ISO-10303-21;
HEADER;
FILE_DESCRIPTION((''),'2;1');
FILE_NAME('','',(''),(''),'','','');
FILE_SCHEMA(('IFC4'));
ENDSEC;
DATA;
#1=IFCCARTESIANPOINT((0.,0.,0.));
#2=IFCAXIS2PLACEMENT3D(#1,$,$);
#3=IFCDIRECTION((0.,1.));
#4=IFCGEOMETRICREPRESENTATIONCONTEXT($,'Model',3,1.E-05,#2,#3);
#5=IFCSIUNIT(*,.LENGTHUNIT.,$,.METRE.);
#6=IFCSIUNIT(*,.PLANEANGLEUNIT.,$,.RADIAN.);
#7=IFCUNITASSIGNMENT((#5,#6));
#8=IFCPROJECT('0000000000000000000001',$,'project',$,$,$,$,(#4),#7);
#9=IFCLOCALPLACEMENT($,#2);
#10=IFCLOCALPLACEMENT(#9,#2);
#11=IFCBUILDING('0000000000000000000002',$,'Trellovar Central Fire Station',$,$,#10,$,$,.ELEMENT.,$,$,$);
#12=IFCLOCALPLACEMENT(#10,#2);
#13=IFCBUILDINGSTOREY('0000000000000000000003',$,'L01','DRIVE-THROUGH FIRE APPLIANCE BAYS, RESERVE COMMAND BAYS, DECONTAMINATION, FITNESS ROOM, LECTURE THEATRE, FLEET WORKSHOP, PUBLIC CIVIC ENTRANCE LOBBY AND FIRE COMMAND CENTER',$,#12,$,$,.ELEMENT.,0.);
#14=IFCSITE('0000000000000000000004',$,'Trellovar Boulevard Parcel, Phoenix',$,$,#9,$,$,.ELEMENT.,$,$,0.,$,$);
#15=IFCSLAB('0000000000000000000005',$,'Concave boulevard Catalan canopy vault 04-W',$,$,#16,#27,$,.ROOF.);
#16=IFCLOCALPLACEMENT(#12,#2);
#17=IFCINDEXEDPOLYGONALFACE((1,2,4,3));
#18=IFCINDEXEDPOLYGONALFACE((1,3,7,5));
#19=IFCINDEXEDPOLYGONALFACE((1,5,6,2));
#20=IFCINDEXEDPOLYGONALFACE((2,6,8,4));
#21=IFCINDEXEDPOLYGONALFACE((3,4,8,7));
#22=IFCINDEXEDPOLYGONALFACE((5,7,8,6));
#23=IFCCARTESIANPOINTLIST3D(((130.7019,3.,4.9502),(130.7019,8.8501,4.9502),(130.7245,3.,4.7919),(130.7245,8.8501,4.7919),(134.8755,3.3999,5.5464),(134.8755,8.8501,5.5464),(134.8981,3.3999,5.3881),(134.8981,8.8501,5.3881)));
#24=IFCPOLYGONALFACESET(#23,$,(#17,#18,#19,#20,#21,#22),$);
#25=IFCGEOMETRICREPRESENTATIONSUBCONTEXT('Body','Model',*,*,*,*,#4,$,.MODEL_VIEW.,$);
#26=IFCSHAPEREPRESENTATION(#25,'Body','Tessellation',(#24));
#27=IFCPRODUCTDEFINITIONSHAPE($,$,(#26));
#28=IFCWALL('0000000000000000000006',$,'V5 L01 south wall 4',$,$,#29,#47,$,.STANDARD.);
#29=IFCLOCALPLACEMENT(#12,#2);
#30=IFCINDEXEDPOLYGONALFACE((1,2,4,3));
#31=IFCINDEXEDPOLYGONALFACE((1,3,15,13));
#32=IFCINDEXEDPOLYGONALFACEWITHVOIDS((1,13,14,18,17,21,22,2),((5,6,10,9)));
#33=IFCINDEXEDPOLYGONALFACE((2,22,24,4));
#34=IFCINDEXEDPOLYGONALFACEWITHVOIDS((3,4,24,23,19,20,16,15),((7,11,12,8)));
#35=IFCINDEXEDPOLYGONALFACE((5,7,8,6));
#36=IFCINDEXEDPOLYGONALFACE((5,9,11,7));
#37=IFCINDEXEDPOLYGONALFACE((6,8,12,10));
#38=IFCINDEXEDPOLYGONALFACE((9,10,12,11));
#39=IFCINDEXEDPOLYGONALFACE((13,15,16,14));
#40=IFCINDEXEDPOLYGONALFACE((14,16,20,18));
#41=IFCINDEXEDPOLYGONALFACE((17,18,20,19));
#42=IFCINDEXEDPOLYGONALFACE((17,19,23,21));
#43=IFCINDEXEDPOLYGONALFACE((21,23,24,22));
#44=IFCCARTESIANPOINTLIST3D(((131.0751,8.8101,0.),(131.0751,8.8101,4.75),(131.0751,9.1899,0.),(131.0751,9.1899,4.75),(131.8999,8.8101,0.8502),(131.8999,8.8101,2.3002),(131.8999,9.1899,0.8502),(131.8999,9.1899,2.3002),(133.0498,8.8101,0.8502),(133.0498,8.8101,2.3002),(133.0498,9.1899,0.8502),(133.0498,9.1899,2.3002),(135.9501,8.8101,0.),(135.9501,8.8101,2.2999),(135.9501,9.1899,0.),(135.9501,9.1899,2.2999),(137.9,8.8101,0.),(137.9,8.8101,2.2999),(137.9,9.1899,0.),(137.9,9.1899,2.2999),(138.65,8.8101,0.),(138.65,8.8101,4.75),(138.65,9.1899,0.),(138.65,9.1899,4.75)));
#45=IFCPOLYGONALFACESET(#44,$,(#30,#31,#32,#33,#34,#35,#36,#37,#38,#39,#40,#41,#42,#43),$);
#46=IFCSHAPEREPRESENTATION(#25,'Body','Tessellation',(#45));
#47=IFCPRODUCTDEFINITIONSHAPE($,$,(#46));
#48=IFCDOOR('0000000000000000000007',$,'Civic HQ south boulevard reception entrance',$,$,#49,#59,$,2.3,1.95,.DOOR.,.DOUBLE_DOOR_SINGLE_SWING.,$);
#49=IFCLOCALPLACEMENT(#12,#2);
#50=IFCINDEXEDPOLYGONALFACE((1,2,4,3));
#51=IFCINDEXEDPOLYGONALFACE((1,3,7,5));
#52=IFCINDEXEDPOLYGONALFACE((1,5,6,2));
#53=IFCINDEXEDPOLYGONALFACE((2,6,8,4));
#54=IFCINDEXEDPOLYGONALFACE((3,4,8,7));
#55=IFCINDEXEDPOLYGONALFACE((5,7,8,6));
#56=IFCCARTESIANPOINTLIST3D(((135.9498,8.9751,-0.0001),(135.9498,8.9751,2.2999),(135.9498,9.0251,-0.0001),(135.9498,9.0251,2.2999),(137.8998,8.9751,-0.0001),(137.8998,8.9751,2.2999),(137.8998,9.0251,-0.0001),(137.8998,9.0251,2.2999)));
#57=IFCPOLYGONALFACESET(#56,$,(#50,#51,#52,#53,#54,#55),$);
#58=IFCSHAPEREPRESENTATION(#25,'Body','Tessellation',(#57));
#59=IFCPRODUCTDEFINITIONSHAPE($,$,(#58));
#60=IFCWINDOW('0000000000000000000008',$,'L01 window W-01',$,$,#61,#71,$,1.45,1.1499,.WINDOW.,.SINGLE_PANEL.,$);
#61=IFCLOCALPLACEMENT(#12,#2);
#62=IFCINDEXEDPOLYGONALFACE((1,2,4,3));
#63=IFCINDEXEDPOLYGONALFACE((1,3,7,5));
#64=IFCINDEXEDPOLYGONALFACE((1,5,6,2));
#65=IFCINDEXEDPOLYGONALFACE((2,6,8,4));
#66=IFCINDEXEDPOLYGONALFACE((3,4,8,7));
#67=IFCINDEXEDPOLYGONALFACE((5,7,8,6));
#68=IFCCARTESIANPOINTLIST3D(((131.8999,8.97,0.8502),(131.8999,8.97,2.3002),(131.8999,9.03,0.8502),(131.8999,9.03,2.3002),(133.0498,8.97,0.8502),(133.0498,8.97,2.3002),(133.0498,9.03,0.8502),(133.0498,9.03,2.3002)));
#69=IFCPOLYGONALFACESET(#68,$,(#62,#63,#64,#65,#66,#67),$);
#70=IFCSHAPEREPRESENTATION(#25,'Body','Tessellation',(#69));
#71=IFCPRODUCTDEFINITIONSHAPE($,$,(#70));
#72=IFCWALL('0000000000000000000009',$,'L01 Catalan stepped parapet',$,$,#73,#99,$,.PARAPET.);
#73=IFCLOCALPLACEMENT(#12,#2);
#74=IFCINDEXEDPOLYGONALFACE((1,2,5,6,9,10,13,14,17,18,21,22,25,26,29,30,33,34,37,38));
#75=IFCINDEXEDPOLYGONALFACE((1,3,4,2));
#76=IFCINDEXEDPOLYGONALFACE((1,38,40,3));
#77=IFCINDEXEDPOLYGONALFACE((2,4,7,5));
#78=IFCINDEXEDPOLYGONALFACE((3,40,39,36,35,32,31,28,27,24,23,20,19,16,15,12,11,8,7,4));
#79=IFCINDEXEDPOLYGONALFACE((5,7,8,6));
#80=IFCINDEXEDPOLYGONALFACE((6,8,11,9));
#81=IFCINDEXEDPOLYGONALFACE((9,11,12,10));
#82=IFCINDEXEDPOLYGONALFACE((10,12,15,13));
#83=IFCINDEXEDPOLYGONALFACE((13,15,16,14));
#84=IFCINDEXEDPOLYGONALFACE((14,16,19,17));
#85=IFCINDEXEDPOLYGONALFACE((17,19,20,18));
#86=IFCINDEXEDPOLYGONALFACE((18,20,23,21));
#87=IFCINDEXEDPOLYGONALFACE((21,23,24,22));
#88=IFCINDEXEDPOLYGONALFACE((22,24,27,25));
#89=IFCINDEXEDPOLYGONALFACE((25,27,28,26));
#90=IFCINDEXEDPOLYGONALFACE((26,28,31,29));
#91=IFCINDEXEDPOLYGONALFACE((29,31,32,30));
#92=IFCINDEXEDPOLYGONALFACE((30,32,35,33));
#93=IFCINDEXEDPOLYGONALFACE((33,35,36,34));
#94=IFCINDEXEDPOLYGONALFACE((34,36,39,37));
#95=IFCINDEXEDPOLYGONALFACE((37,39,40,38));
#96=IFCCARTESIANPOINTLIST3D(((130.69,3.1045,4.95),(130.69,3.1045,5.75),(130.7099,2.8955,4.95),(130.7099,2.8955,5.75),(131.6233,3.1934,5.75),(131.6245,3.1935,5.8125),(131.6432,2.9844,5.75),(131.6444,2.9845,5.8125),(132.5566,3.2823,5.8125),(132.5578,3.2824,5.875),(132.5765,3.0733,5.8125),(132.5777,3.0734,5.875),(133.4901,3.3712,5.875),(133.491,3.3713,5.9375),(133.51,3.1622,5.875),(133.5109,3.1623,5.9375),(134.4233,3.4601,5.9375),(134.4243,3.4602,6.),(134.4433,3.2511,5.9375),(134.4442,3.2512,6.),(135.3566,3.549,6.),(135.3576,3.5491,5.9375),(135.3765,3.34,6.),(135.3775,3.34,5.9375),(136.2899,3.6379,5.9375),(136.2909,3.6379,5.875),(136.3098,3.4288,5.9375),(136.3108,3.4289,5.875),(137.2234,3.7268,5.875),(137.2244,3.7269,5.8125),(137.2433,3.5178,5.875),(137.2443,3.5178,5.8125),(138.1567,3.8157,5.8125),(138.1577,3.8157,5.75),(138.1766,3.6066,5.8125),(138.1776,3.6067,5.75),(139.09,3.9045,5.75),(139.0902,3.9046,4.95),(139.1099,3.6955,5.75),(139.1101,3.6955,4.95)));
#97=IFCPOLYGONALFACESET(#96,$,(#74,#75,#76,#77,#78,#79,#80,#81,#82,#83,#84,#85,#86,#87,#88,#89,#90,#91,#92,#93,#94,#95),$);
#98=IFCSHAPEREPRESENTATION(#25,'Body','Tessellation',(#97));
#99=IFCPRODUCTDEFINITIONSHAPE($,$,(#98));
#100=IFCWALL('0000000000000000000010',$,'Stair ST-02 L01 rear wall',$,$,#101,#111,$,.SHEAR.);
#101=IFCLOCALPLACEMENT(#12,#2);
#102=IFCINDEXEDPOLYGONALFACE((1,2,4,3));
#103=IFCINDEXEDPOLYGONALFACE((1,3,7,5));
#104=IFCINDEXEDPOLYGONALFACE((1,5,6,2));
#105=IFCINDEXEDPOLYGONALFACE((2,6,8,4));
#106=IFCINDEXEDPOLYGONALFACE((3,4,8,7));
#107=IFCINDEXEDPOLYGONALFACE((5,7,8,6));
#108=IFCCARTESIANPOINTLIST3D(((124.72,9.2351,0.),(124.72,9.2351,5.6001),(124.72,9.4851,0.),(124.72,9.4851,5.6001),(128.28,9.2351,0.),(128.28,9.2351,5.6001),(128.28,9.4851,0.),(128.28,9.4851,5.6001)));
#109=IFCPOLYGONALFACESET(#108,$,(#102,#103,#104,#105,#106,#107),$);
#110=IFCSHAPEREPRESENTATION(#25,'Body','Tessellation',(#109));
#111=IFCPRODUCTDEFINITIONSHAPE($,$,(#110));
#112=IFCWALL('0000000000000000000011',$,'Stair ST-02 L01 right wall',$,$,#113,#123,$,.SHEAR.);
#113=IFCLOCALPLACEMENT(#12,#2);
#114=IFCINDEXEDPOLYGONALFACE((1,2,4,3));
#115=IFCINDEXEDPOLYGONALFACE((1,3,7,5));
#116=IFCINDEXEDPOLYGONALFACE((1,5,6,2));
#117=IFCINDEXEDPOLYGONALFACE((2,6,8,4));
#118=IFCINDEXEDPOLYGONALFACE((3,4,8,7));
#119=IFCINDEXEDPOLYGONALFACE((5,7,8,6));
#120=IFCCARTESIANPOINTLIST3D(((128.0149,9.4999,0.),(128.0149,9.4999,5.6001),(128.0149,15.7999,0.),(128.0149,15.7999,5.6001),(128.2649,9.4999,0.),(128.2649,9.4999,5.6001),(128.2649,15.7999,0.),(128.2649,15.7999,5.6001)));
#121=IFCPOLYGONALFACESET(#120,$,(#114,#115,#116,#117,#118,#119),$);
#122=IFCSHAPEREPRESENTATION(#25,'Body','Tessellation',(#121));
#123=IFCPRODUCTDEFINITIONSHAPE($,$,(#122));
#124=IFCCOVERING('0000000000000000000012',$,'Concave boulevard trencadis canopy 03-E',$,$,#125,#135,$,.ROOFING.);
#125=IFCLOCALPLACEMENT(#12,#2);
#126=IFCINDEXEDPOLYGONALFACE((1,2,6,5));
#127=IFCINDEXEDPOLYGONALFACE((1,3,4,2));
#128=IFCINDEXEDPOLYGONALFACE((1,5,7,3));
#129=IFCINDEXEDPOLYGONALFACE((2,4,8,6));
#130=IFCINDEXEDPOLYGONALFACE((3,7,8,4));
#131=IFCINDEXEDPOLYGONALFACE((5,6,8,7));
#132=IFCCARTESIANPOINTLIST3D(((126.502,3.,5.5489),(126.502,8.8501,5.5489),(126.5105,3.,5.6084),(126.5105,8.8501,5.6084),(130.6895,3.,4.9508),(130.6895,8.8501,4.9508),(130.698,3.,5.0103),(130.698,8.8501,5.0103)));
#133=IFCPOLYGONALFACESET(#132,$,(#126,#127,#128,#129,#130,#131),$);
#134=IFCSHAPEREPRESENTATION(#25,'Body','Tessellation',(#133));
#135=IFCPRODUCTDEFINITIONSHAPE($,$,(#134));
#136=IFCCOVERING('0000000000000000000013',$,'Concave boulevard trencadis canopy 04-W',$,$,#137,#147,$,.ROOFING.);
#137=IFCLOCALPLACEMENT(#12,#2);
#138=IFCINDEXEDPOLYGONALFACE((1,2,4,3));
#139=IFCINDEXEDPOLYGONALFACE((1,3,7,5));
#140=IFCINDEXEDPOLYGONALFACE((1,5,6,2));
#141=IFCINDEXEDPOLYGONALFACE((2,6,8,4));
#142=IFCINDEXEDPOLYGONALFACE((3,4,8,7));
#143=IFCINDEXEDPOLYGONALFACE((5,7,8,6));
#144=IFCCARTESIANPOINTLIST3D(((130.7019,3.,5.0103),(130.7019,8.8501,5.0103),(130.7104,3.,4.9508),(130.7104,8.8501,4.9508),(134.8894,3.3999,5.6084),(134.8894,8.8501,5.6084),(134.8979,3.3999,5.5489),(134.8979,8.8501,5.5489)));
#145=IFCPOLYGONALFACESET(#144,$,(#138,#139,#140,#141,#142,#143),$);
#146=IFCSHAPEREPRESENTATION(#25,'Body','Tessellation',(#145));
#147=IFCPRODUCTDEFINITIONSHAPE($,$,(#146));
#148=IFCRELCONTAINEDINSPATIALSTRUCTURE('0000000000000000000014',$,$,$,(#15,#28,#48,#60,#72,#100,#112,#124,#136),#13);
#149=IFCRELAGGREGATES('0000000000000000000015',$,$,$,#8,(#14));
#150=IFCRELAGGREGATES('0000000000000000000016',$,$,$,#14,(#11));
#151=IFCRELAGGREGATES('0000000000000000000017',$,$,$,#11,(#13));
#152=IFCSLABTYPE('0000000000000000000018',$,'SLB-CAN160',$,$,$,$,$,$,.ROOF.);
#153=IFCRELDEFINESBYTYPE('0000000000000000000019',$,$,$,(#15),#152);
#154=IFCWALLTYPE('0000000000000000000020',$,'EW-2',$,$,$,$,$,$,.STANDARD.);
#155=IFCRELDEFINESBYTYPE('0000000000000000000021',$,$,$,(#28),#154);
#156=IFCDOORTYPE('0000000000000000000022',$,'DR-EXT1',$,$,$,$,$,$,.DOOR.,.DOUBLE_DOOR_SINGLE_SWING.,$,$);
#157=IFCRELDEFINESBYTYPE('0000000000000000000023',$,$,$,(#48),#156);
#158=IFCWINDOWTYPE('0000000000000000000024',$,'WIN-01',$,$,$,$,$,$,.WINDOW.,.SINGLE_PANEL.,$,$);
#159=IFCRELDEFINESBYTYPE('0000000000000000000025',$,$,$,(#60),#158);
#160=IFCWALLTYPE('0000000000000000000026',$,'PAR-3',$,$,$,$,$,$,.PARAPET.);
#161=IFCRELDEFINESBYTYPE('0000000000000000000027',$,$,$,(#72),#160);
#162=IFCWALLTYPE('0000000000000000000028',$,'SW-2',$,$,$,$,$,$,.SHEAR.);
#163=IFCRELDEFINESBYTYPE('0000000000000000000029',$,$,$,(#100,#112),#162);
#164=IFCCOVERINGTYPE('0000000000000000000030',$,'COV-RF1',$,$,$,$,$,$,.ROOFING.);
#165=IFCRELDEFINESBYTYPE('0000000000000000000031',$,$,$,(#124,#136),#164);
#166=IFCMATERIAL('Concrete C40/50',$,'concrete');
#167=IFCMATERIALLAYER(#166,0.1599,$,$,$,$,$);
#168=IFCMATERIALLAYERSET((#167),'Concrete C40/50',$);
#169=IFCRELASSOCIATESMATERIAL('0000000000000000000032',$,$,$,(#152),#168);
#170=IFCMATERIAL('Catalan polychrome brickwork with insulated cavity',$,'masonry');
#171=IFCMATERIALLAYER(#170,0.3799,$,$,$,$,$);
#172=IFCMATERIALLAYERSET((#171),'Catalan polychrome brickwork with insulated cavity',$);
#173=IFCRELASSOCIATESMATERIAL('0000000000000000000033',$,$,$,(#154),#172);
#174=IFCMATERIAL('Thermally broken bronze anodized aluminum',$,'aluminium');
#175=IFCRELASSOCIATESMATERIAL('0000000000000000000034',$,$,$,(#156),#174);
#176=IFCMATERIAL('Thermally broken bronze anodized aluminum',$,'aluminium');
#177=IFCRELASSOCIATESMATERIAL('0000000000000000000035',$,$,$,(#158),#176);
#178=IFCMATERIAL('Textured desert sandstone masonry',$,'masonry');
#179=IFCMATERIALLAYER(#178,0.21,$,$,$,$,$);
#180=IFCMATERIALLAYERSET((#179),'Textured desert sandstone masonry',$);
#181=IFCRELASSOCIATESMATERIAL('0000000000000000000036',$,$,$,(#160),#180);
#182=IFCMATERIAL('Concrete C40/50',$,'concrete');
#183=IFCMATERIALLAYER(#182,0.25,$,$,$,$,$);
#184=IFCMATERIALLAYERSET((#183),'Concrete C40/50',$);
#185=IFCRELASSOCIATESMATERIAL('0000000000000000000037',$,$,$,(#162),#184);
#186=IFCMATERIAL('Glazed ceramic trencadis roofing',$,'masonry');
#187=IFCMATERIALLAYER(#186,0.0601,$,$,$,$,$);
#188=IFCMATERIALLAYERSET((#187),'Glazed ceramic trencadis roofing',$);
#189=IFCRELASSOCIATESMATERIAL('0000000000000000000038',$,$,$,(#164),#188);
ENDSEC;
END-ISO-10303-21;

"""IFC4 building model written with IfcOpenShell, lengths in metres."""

from ifc_helpers import new_model, si_unit, direction, frame, frame_2d, origin, place, context, subcontext, project, spatial, polyline, rectangle, outline, extrude, material, layer, layer_set, type_object, element, fill, save


model = new_model("IFC4")

# Units and contexts
model_context = context("Model", 3, precision=1e-05, world=origin(), true_north=direction((0.0, 1.0)))
body_context = subcontext(model_context, "Body", "Model", "MODEL_VIEW")
ifc_project = project(units=[si_unit("LENGTHUNIT", "METRE"), si_unit("PLANEANGLEUNIT", "RADIAN")], contexts=[model_context])

# Site, building, storey
site_placement = place(None, origin())
site = spatial("IfcSite", under=ifc_project, at=site_placement, Name="Trellovar Boulevard Parcel, Phoenix", CompositionType="ELEMENT", RefElevation=0.0)
building_placement = place(site_placement, origin())
building = spatial("IfcBuilding", under=site, at=building_placement, Name="Trellovar Central Fire Station", CompositionType="ELEMENT")
storey_placement = place(building_placement, origin())
storey = spatial("IfcBuildingStorey", under=building, at=storey_placement, Name="L01", Description="DRIVE-THROUGH FIRE APPLIANCE BAYS, RESERVE COMMAND BAYS, DECONTAMINATION, FITNESS ROOM, LECTURE THEATRE, FLEET WORKSHOP, PUBLIC CIVIC ENTRANCE LOBBY AND FIRE COMMAND CENTER", CompositionType="ELEMENT", Elevation=0.0)

# Slab
ifc_material_1 = material(Name="Concrete C40/50", Category="concrete")
ifc_layer_1 = layer(ifc_material_1, 0.1599)
ifc_layer_set_1 = layer_set([ifc_layer_1], Name="Concrete C40/50")
slab_type = type_object("IfcSlabType", Name="SLB-CAN160", PredefinedType="ROOF", material=ifc_layer_set_1)
slab_1_placement = place(storey_placement, frame((130.7019, 3.0, 4.9502), z_axis=(-0.141413, 0.0, 0.989951), x_axis=(0.985527, 0.094431, 0.140781)))
element("IfcSlab", 1, at=slab_1_placement, inside=storey, type_object=slab_type, Name="Concave boulevard Catalan canopy vault 04-W", PredefinedType="ROOF", context=body_context, shape_type="SweptSolid", body=[
    extrude(outline(polyline([(0.0, 0.0), (4.2349, 0.0), (4.7495, 5.4258), (0.5524, 5.824), (0.0, 0.0)])), origin(), (0.0, 0.0, -1.0), 0.1599),
])

# Wall, openings, door, window
ifc_material_2 = material(Name="Catalan polychrome brickwork with insulated cavity", Category="masonry")
ifc_layer_2 = layer(ifc_material_2, 0.3799)
ifc_layer_set_2 = layer_set([ifc_layer_2], Name="Catalan polychrome brickwork with insulated cavity")
wall_type_1 = type_object("IfcWallType", Name="EW-2", PredefinedType="STANDARD", material=ifc_layer_set_2)
wall_1_placement = place(storey_placement, frame((131.075, 9.0, 0.0), z_axis=(0.0, 0.0, 1.0), x_axis=(1.0, 0.0, 0.0)))
wall_1 = element("IfcWall", 2, at=wall_1_placement, inside=storey, type_object=wall_type_1, Name="V5 L01 south wall 4", PredefinedType="STANDARD", context=body_context, shape_type="SweptSolid", body=[
    extrude(rectangle(XDim=7.575, YDim=0.3799, at=frame_2d((3.7876, 0.0))), origin(), (0.0, 0.0, 1.0), 4.75),
])
opening_1_placement = place(wall_1_placement, frame((4.875, 0.0, 0.0)))
opening_1 = element("IfcOpeningElement", 3, at=opening_1_placement, cuts=wall_1, PredefinedType="OPENING", context=body_context, shape_type="SweptSolid", body=[
    extrude(rectangle(XDim=1.95, YDim=2.3, at=frame_2d((0.9751, 1.1499))), frame((0.0, 0.2, 0.0), z_axis=(0.0, -1.0, 0.0), x_axis=(1.0, 0.0, 0.0)), (0.0, 0.0, 1.0), 0.3999),
])
opening_2_placement = place(wall_1_placement, frame((0.825, 0.0, 0.8501)))
opening_2 = element("IfcOpeningElement", 4, at=opening_2_placement, cuts=wall_1, PredefinedType="OPENING", context=body_context, shape_type="SweptSolid", body=[
    extrude(rectangle(XDim=1.1499, YDim=1.45, at=frame_2d((0.575, 0.7251))), frame((0.0, 0.2, 0.0), z_axis=(0.0, -1.0, 0.0), x_axis=(1.0, 0.0, 0.0)), (0.0, 0.0, 1.0), 0.3999),
])
ifc_material_3 = material(Name="Thermally broken bronze anodized aluminum", Category="aluminium")
door_type = type_object("IfcDoorType", Name="DR-EXT1", OperationType="DOUBLE_DOOR_SINGLE_SWING", PredefinedType="DOOR", material=ifc_material_3)
door_placement = place(opening_1_placement, frame((1.95, 0.0, 0.0), z_axis=(0.0, 0.0, 1.0), x_axis=(-1.0, 0.0, 0.0)))
door = element("IfcDoor", 5, at=door_placement, inside=storey, type_object=door_type, Name="Civic HQ south boulevard reception entrance", OperationType="DOUBLE_DOOR_SINGLE_SWING", OverallHeight=2.3, OverallWidth=1.95, PredefinedType="DOOR", context=body_context, shape_type="SweptSolid", body=[
    extrude(rectangle(XDim=1.95, YDim=2.3, at=frame_2d((0.9751, 1.1499))), frame((0.0, 0.0249, 0.0), z_axis=(0.0, -1.0, 0.0), x_axis=(1.0, 0.0, 0.0)), (0.0, 0.0, 1.0), 0.05),
])
fill(opening_1, door)
ifc_material_4 = material(Name="Thermally broken bronze anodized aluminum", Category="aluminium")
window_type = type_object("IfcWindowType", Name="WIN-01", PartitioningType="SINGLE_PANEL", PredefinedType="WINDOW", material=ifc_material_4)
window_placement = place(opening_2_placement, origin())
window = element("IfcWindow", 6, at=window_placement, inside=storey, type_object=window_type, Name="L01 window W-01", OverallHeight=1.45, OverallWidth=1.1499, PartitioningType="SINGLE_PANEL", PredefinedType="WINDOW", context=body_context, shape_type="SweptSolid", body=[
    extrude(rectangle(XDim=1.1499, YDim=1.45, at=frame_2d((0.575, 0.7251))), frame((0.0, 0.03, 0.0), z_axis=(0.0, -1.0, 0.0), x_axis=(1.0, 0.0, 0.0)), (0.0, 0.0, 1.0), 0.0601),
])
fill(opening_2, window)

# Walls
ifc_material_5 = material(Name="Textured desert sandstone masonry", Category="masonry")
ifc_layer_3 = layer(ifc_material_5, 0.21)
ifc_layer_set_3 = layer_set([ifc_layer_3], Name="Textured desert sandstone masonry")
wall_type_2 = type_object("IfcWallType", Name="PAR-3", PredefinedType="PARAPET", material=ifc_layer_set_3)
wall_2_placement = place(storey_placement, frame((130.7, 3.0, 4.95), z_axis=(0.0, 0.0, 1.0), x_axis=(0.995495, 0.094813, 0.0)))
element("IfcWall", 7, at=wall_2_placement, inside=storey, type_object=wall_type_2, Name="L01 Catalan stepped parapet", PredefinedType="PARAPET", context=body_context, shape_type="SweptSolid", body=[
    extrude(outline(polyline([(0.0, 0.0), (8.4382, 0.0), (8.438, 0.8), (7.5015, 0.8), (7.5005, 0.8625), (6.564, 0.8625), (6.563, 0.925), (5.6262, 0.925), (5.6252, 0.9875), (4.6887, 0.9875), (4.6877, 1.05), (3.7512, 1.05), (3.7502, 0.9875), (2.8137, 0.9875), (2.8127, 0.925), (1.8762, 0.925), (1.875, 0.8625), (0.9387, 0.8625), (0.9375, 0.8), (0.0, 0.8), (0.0, 0.0)])), frame((0.0, 0.105, 0.0), z_axis=(0.0, -1.0, 0.0), x_axis=(1.0, 0.0, 0.0)), (0.0, 0.0, 1.0), 0.21),
])
ifc_material_6 = material(Name="Concrete C40/50", Category="concrete")
ifc_layer_4 = layer(ifc_material_6, 0.25)
ifc_layer_set_4 = layer_set([ifc_layer_4], Name="Concrete C40/50")
wall_type_3 = type_object("IfcWallType", Name="SW-2", PredefinedType="SHEAR", material=ifc_layer_set_4)
wall_3_placement = place(storey_placement, frame((128.28, 9.3601, 0.0), z_axis=(0.0, 0.0, 1.0), x_axis=(-1.0, 0.0, 0.0)))
element("IfcWall", 8, at=wall_3_placement, inside=storey, type_object=wall_type_3, Name="Stair ST-02 L01 rear wall", PredefinedType="SHEAR", context=body_context, shape_type="SweptSolid", body=[
    extrude(rectangle(XDim=3.5601, YDim=0.25, at=frame_2d((1.78, 0.0))), origin(), (0.0, 0.0, 1.0), 5.6001),
])
wall_4_placement = place(storey_placement, frame((128.1399, 9.5, 0.0), z_axis=(0.0, 0.0, 1.0), x_axis=(0.0, 1.0, 0.0)))
element("IfcWall", 9, at=wall_4_placement, inside=storey, type_object=wall_type_3, Name="Stair ST-02 L01 right wall", PredefinedType="SHEAR", context=body_context, shape_type="SweptSolid", body=[
    extrude(rectangle(XDim=6.3, YDim=0.25, at=frame_2d((3.1499, 0.0))), origin(), (0.0, 0.0, 1.0), 5.6001),
])

# Coverings
ifc_material_7 = material(Name="Glazed ceramic trencadis roofing", Category="masonry")
ifc_layer_5 = layer(ifc_material_7, 0.0601)
ifc_layer_set_5 = layer_set([ifc_layer_5], Name="Glazed ceramic trencadis roofing")
covering_type = type_object("IfcCoveringType", Name="COV-RF1", PredefinedType="ROOFING", material=ifc_layer_set_5)
covering_1_placement = place(storey_placement, frame((126.5105, 3.0, 5.6084), z_axis=(0.141405, 0.0, 0.989952), x_axis=(0.989952, 0.0, -0.141405)))
element("IfcCovering", 10, at=covering_1_placement, inside=storey, type_object=covering_type, Name="Concave boulevard trencadis canopy 03-E", PredefinedType="ROOFING", context=body_context, shape_type="SweptSolid", body=[
    extrude(outline(polyline([(0.0, 0.0), (4.23, 0.0), (4.23, 5.8501), (0.0, 5.8501), (0.0, 0.0)])), origin(), (0.0, 0.0, -1.0), 0.0601),
])
covering_2_placement = place(storey_placement, frame((130.7019, 3.0, 5.0103), z_axis=(-0.141405, 0.0, 0.989952), x_axis=(0.985557, 0.09412, 0.140777)))
element("IfcCovering", 11, at=covering_2_placement, inside=storey, type_object=covering_type, Name="Concave boulevard trencadis canopy 04-W", PredefinedType="ROOFING", context=body_context, shape_type="SweptSolid", body=[
    extrude(outline(polyline([(0.0, 0.0), (4.2489, 0.0), (4.7618, 5.426), (0.5506, 5.8241), (0.0, 0.0)])), origin(), (0.0, 0.0, -1.0), 0.0601),
])

save(model, "model.ifc")
